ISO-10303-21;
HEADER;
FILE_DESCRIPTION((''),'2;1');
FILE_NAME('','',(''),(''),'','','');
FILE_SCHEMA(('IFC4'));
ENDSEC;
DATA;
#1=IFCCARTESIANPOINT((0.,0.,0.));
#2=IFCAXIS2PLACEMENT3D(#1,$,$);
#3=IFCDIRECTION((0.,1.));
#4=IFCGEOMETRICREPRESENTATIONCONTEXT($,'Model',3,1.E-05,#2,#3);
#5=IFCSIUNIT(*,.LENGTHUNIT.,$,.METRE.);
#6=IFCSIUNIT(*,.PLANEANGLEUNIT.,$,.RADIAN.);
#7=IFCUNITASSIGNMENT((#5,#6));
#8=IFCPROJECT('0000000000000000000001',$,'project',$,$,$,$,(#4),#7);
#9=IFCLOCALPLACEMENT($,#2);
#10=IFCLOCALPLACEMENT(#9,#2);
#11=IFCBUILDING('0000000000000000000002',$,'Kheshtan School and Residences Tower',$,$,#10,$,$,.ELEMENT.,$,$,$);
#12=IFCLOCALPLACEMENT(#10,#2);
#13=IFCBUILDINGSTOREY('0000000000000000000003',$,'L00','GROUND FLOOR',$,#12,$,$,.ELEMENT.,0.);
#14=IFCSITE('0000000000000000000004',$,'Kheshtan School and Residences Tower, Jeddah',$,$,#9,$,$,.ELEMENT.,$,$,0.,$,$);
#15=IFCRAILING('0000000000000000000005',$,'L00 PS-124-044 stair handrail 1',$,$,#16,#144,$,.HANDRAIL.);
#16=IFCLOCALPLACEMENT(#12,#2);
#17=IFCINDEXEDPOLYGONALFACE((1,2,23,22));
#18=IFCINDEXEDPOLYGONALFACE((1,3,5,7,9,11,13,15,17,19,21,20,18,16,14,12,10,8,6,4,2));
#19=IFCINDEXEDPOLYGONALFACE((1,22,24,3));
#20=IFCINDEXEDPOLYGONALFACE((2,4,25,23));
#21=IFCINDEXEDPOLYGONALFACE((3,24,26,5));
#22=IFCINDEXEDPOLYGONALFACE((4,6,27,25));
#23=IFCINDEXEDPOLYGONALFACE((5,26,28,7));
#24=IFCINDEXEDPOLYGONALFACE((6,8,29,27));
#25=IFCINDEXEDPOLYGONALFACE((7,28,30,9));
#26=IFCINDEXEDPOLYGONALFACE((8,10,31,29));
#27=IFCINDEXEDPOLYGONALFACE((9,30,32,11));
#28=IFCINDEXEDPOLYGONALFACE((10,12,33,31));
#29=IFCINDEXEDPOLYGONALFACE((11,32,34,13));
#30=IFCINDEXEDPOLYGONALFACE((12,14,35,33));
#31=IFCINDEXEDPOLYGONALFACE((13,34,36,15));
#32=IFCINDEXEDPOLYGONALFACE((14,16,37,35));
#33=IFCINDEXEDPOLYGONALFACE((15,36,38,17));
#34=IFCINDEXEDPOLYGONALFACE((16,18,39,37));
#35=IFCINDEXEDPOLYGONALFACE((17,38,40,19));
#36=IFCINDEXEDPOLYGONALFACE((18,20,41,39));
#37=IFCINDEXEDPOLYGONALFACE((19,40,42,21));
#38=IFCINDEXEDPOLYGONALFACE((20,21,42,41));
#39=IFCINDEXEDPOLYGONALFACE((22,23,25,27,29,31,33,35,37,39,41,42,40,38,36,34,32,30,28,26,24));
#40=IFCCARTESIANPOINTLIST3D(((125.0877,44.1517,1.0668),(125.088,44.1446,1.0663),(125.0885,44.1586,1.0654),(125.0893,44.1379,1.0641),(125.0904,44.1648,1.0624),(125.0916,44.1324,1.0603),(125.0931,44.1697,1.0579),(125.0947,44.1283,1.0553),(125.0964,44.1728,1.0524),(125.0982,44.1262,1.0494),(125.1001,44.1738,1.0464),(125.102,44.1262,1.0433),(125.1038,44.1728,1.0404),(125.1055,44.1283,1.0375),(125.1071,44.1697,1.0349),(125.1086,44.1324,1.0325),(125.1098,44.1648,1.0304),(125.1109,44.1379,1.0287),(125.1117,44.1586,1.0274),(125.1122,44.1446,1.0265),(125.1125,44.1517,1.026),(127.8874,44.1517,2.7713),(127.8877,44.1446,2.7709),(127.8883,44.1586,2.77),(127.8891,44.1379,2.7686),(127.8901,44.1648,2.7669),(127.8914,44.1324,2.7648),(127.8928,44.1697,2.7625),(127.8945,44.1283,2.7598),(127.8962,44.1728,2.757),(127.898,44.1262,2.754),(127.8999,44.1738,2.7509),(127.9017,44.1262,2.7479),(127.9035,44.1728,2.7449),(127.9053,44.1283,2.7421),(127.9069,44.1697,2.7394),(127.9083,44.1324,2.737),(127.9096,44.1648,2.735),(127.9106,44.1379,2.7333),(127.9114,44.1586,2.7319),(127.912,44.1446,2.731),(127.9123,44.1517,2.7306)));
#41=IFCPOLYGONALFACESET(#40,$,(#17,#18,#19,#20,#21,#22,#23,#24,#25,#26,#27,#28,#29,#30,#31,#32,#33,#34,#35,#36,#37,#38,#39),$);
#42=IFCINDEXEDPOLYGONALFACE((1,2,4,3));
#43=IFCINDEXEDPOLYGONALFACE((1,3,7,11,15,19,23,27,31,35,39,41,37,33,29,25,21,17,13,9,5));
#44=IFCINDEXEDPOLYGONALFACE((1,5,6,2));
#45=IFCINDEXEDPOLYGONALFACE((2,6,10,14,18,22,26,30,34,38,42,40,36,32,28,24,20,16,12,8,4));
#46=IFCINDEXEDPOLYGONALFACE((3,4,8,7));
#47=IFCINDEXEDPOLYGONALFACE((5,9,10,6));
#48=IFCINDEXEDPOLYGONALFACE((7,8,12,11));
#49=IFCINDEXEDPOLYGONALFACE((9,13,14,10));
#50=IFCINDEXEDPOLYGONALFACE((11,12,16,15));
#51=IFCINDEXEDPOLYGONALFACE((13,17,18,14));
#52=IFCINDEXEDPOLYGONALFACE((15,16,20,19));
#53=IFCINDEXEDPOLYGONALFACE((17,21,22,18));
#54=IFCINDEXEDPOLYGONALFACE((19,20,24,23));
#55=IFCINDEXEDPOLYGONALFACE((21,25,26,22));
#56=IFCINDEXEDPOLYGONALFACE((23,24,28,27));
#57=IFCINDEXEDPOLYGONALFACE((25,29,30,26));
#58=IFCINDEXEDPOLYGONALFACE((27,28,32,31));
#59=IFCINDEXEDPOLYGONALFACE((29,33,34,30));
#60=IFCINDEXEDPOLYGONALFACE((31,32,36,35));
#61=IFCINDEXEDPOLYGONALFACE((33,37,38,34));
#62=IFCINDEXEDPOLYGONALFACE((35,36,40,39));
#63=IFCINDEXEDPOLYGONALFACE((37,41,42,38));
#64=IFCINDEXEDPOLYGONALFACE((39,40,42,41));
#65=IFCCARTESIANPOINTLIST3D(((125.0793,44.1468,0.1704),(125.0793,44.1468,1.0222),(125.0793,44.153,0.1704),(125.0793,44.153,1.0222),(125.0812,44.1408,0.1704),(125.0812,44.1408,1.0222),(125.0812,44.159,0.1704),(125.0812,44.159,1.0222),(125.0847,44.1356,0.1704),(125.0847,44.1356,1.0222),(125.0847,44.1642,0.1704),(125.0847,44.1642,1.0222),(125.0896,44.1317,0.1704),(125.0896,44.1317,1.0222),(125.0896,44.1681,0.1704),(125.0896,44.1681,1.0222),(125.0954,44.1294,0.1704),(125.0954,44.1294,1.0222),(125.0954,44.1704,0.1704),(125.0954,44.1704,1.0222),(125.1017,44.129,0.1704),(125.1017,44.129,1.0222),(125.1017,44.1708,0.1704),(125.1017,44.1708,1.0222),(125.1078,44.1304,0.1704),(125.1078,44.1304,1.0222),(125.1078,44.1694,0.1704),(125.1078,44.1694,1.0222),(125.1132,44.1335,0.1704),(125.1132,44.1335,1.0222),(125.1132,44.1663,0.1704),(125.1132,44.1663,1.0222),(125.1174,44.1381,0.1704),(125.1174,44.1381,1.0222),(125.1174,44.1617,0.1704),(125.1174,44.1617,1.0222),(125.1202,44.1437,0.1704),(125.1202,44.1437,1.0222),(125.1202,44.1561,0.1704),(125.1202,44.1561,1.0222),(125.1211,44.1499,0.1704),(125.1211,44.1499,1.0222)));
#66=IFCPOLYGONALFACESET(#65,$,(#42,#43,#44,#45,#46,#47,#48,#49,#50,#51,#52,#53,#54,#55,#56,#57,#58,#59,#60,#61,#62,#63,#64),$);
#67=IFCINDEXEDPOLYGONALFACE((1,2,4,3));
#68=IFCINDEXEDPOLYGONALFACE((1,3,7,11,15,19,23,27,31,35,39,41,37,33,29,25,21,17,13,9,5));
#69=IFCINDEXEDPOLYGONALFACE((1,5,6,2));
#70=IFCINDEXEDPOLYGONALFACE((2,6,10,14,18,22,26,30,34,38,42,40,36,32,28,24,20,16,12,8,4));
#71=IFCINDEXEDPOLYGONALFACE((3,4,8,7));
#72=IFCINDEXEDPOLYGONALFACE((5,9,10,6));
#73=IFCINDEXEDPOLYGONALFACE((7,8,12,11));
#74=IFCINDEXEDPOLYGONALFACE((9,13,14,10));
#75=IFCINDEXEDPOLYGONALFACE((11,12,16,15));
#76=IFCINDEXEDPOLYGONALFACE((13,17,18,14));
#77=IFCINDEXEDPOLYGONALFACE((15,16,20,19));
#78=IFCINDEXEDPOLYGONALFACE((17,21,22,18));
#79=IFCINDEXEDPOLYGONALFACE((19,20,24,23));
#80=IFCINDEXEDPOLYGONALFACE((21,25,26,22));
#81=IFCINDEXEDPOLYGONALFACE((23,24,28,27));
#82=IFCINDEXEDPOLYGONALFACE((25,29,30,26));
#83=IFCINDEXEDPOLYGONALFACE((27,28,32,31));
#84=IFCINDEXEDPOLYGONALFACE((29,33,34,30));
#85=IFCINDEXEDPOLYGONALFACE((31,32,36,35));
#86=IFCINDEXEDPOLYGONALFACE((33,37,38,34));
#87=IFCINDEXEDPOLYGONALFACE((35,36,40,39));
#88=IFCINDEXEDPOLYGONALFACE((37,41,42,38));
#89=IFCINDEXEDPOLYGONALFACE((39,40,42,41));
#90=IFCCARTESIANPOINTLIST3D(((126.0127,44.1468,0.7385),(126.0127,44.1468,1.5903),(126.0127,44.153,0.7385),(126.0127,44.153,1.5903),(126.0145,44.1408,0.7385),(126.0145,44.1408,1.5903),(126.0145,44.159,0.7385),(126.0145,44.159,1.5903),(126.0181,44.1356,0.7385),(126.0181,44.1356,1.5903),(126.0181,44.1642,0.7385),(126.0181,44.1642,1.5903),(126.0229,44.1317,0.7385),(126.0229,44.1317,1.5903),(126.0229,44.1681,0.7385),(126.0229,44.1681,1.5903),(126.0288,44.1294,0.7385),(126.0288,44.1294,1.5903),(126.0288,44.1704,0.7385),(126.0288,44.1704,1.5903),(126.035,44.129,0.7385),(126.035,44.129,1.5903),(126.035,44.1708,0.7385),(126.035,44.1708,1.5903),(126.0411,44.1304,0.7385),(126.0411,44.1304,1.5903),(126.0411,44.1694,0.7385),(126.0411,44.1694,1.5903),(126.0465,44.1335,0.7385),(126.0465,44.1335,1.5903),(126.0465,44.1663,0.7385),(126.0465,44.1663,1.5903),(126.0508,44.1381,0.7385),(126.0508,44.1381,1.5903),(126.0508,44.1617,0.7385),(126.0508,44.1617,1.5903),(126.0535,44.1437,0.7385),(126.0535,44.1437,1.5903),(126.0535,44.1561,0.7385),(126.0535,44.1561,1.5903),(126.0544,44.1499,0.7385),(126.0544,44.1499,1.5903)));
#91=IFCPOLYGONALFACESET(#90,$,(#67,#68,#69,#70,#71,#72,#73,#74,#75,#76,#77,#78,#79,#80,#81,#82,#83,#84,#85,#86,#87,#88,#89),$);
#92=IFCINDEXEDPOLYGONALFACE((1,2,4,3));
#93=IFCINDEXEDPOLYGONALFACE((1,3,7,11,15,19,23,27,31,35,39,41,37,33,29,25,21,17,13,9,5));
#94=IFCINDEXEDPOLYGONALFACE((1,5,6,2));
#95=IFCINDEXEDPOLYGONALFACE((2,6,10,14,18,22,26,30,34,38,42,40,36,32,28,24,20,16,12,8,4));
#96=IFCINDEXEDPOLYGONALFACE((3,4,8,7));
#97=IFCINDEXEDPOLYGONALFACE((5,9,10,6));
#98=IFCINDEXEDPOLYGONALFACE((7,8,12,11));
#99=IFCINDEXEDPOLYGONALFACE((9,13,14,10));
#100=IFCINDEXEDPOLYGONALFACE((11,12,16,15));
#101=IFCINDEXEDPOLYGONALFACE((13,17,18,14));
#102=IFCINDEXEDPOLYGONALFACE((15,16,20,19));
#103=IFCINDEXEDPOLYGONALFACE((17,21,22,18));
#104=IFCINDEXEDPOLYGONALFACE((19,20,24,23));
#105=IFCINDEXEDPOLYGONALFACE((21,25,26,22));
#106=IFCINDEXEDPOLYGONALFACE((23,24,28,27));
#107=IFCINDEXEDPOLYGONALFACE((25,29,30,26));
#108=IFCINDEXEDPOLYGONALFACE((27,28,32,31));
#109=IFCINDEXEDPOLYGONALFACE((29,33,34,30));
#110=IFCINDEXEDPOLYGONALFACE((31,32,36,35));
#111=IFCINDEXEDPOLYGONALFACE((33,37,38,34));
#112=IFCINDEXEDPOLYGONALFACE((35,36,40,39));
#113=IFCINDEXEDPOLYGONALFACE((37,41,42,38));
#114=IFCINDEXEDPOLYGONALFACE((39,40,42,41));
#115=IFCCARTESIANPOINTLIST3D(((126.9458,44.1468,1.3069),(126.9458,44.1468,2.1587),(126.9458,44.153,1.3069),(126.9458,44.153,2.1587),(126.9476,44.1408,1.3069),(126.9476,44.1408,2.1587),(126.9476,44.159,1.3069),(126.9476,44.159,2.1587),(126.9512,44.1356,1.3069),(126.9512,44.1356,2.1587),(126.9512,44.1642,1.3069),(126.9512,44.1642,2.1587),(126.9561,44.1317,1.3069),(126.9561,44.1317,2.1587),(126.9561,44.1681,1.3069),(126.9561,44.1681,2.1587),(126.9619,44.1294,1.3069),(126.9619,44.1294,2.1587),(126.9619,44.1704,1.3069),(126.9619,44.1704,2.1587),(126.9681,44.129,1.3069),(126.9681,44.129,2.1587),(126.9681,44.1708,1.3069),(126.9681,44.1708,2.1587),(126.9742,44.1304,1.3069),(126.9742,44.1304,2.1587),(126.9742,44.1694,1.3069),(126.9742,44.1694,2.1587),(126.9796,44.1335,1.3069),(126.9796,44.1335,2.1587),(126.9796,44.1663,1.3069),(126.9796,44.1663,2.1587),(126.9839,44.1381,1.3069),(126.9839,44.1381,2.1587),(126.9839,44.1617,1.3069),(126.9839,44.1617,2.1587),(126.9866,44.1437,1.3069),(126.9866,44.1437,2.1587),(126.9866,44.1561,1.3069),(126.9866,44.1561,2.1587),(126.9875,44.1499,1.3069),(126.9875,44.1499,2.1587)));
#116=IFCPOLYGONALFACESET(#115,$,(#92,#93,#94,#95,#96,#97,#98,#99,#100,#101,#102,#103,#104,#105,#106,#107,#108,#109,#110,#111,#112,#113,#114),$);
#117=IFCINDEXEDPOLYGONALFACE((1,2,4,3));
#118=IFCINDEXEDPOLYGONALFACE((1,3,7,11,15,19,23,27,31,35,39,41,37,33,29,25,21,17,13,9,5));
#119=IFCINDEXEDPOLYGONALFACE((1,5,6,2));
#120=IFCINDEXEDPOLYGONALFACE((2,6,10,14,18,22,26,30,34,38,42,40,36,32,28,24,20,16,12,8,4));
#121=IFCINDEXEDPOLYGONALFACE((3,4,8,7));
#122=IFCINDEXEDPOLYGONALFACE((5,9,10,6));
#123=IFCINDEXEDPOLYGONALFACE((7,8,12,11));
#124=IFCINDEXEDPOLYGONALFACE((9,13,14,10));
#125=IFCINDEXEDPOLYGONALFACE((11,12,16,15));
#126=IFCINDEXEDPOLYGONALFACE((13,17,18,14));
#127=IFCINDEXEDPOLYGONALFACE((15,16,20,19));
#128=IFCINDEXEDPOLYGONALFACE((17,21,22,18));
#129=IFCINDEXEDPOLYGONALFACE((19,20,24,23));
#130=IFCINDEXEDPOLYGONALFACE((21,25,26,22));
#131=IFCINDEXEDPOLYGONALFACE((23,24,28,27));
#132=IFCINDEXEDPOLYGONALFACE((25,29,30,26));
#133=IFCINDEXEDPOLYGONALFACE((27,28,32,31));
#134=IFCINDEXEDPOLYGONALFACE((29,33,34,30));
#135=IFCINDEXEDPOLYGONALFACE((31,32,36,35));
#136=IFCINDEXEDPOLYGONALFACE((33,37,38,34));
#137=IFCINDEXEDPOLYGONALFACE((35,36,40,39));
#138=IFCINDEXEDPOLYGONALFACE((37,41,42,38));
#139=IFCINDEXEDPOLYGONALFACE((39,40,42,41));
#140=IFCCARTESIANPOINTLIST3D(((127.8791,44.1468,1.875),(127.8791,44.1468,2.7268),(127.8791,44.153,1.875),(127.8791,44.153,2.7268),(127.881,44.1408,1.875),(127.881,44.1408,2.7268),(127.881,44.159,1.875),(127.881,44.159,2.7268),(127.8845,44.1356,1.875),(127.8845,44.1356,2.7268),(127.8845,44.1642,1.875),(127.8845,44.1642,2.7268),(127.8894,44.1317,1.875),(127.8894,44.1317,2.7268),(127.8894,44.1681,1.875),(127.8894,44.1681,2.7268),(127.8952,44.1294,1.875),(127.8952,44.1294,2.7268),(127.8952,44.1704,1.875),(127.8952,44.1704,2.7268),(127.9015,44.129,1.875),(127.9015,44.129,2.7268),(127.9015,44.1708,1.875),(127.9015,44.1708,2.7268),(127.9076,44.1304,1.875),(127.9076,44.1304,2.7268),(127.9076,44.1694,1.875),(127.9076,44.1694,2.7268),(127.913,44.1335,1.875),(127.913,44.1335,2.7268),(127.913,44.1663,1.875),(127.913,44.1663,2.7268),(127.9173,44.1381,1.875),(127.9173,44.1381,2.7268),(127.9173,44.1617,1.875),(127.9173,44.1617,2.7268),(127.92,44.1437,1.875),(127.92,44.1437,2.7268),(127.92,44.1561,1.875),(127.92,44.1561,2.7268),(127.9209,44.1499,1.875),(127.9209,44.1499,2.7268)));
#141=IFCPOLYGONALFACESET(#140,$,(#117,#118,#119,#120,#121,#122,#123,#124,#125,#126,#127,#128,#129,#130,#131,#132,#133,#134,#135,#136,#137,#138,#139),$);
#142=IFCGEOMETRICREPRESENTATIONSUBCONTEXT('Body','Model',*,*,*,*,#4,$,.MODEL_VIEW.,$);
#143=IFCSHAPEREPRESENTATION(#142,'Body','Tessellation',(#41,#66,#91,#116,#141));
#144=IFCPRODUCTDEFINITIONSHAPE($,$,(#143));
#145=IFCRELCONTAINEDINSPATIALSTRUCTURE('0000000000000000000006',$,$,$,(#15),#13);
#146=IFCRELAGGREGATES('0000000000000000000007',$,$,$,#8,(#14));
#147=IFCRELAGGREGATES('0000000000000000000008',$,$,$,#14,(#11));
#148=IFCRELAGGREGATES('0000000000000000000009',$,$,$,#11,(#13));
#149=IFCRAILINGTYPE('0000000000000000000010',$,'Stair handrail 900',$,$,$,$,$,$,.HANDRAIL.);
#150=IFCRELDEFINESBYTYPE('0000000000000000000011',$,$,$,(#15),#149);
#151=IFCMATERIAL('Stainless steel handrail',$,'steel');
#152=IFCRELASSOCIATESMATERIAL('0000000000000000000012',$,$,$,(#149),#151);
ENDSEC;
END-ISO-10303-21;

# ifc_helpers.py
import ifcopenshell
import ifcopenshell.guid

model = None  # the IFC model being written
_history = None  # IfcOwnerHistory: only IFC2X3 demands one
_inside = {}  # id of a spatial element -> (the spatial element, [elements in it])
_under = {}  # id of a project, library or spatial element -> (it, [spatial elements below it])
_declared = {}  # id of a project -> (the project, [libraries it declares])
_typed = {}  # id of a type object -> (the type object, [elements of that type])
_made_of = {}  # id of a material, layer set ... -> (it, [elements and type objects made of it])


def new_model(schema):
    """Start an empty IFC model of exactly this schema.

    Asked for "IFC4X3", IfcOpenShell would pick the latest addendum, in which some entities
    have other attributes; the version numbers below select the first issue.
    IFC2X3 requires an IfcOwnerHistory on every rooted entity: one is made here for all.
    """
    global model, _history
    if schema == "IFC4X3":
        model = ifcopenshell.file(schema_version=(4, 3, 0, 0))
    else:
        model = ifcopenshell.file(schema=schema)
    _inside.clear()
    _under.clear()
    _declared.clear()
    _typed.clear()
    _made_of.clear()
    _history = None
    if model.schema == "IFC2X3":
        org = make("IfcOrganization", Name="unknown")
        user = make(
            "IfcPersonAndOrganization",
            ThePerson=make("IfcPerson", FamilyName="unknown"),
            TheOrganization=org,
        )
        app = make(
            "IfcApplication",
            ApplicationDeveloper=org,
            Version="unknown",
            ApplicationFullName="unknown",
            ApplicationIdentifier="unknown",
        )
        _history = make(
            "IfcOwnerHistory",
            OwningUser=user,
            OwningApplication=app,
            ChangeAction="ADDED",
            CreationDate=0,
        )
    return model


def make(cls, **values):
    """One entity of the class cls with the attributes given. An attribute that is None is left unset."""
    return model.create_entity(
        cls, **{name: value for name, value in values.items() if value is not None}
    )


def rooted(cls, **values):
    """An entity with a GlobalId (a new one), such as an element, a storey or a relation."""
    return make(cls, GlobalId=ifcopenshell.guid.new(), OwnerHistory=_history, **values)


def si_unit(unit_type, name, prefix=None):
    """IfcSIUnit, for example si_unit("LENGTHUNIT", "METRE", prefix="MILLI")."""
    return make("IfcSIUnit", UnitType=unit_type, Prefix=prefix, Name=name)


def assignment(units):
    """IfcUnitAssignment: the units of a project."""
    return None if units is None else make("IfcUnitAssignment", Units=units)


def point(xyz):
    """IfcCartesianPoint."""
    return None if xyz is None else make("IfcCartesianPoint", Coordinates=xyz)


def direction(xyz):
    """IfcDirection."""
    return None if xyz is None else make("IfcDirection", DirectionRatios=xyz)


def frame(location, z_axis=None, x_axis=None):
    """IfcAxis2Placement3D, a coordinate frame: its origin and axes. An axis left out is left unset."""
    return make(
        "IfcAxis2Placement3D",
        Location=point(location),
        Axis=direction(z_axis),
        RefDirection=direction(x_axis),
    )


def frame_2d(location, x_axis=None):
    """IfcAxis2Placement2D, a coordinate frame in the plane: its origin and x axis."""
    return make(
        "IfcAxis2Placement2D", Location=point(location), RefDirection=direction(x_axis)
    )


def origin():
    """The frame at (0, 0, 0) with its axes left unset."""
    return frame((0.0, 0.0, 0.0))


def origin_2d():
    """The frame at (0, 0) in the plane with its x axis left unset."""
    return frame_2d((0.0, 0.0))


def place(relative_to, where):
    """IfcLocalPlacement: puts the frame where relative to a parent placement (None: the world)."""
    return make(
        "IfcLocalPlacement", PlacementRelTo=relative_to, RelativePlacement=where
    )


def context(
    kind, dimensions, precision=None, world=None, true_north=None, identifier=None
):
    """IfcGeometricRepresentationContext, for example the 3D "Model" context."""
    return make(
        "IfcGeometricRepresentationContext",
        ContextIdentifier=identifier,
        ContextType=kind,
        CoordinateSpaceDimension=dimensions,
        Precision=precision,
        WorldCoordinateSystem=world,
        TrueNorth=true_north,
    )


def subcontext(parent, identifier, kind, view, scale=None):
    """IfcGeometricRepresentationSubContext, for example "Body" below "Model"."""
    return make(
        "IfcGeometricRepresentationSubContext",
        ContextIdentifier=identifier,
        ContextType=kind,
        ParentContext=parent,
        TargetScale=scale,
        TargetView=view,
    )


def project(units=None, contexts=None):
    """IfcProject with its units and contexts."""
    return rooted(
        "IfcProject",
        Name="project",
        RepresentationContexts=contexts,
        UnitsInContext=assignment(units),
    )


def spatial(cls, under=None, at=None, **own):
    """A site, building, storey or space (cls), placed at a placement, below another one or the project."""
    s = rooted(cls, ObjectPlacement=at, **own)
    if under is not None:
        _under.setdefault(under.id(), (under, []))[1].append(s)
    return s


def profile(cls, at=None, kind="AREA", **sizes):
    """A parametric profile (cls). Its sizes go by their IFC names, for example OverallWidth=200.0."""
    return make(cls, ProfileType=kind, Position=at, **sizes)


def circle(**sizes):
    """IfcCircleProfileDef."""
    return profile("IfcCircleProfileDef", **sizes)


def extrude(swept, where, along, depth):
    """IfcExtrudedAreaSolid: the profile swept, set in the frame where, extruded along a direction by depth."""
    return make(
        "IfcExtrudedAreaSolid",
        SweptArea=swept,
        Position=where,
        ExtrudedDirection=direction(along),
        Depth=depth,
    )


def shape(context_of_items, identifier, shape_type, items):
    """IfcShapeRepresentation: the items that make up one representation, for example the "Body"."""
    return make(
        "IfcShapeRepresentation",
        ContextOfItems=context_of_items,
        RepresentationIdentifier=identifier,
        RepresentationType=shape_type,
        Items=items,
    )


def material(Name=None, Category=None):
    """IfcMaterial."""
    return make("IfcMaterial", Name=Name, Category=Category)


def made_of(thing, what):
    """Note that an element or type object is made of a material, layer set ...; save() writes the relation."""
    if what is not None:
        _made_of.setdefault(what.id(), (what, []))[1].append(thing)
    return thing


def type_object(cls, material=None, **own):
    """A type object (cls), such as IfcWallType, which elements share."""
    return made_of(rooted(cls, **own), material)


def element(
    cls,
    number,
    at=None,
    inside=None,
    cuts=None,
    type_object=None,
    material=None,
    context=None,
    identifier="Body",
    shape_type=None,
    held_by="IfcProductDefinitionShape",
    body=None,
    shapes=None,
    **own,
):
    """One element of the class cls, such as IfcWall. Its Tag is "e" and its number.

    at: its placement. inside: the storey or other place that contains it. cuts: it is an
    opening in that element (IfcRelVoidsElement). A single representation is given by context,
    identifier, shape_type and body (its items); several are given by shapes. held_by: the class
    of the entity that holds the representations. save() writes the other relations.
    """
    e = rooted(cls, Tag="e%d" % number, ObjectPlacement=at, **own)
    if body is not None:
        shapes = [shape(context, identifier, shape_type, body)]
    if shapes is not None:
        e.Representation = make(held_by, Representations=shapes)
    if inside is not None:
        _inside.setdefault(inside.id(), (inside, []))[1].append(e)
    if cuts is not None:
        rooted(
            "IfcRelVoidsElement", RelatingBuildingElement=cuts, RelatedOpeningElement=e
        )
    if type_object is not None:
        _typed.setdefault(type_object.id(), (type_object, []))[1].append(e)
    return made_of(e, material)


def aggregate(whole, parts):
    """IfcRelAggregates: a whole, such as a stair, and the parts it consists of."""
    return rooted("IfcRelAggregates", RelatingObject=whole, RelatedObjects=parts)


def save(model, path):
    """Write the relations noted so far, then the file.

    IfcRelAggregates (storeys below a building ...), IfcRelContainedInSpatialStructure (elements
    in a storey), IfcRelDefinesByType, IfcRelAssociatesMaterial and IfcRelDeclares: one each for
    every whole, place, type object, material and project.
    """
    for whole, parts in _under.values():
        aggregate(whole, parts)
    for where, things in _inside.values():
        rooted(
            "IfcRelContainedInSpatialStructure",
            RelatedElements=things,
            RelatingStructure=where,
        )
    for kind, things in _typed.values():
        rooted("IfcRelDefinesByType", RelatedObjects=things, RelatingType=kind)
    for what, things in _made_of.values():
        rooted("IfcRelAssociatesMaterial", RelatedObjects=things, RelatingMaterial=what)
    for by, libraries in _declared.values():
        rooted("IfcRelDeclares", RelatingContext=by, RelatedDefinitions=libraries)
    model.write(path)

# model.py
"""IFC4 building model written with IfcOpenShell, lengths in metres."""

from ifc_helpers import new_model, si_unit, direction, frame, origin, origin_2d, place, context, subcontext, project, spatial, circle, extrude, material, type_object, element, save


model = new_model("IFC4")

# Units and contexts
model_context = context("Model", 3, precision=1e-05, world=origin(), true_north=direction((0.0, 1.0)))
body_context = subcontext(model_context, "Body", "Model", "MODEL_VIEW")
ifc_project = project(units=[si_unit("LENGTHUNIT", "METRE"), si_unit("PLANEANGLEUNIT", "RADIAN")], contexts=[model_context])

# Site, building, storey
site_placement = place(None, origin())
site = spatial("IfcSite", under=ifc_project, at=site_placement, Name="Kheshtan School and Residences Tower, Jeddah", CompositionType="ELEMENT", RefElevation=0.0)
building_placement = place(site_placement, origin())
building = spatial("IfcBuilding", under=site, at=building_placement, Name="Kheshtan School and Residences Tower", CompositionType="ELEMENT")
storey_placement = place(building_placement, origin())
storey = spatial("IfcBuildingStorey", under=building, at=storey_placement, Name="L00", Description="GROUND FLOOR", CompositionType="ELEMENT", Elevation=0.0)

# Railing
ifc_material_1 = material(Name="Stainless steel handrail", Category="steel")
railing_type = type_object("IfcRailingType", Name="Stair handrail 900", PredefinedType="HANDRAIL", material=ifc_material_1)
for number, where, name in (
    (1, (125.1001, 44.1499, 0.1704), "L00 PS-124-044 stair handrail 1"),
):
    element("IfcRailing", number, at=place(storey_placement, frame(where)), inside=storey, type_object=railing_type, Name=name, PredefinedType="HANDRAIL", context=body_context, shape_type="SweptSolid", body=[
        extrude(circle(Radius=0.0239, at=origin_2d()), frame((0.0, 0.0, 0.876), z_axis=(0.85415, 0.0, 0.520027), x_axis=(0.0, 1.0, 0.0)), (0.0, 0.0, 1.0), 3.2778),
        extrude(circle(Radius=0.021, at=origin_2d()), origin(), (0.0, 0.0, 1.0), 0.8518),
        extrude(circle(Radius=0.021, at=origin_2d()), frame((0.9333, 0.0, 0.5681)), (0.0, 0.0, 1.0), 0.8518),
        extrude(circle(Radius=0.021, at=origin_2d()), frame((1.8665, 0.0, 1.1365)), (0.0, 0.0, 1.0), 0.8518),
        extrude(circle(Radius=0.021, at=origin_2d()), frame((2.7998, 0.0, 1.7046)), (0.0, 0.0, 1.0), 0.8518),
    ])

save(model, "model.ifc")
